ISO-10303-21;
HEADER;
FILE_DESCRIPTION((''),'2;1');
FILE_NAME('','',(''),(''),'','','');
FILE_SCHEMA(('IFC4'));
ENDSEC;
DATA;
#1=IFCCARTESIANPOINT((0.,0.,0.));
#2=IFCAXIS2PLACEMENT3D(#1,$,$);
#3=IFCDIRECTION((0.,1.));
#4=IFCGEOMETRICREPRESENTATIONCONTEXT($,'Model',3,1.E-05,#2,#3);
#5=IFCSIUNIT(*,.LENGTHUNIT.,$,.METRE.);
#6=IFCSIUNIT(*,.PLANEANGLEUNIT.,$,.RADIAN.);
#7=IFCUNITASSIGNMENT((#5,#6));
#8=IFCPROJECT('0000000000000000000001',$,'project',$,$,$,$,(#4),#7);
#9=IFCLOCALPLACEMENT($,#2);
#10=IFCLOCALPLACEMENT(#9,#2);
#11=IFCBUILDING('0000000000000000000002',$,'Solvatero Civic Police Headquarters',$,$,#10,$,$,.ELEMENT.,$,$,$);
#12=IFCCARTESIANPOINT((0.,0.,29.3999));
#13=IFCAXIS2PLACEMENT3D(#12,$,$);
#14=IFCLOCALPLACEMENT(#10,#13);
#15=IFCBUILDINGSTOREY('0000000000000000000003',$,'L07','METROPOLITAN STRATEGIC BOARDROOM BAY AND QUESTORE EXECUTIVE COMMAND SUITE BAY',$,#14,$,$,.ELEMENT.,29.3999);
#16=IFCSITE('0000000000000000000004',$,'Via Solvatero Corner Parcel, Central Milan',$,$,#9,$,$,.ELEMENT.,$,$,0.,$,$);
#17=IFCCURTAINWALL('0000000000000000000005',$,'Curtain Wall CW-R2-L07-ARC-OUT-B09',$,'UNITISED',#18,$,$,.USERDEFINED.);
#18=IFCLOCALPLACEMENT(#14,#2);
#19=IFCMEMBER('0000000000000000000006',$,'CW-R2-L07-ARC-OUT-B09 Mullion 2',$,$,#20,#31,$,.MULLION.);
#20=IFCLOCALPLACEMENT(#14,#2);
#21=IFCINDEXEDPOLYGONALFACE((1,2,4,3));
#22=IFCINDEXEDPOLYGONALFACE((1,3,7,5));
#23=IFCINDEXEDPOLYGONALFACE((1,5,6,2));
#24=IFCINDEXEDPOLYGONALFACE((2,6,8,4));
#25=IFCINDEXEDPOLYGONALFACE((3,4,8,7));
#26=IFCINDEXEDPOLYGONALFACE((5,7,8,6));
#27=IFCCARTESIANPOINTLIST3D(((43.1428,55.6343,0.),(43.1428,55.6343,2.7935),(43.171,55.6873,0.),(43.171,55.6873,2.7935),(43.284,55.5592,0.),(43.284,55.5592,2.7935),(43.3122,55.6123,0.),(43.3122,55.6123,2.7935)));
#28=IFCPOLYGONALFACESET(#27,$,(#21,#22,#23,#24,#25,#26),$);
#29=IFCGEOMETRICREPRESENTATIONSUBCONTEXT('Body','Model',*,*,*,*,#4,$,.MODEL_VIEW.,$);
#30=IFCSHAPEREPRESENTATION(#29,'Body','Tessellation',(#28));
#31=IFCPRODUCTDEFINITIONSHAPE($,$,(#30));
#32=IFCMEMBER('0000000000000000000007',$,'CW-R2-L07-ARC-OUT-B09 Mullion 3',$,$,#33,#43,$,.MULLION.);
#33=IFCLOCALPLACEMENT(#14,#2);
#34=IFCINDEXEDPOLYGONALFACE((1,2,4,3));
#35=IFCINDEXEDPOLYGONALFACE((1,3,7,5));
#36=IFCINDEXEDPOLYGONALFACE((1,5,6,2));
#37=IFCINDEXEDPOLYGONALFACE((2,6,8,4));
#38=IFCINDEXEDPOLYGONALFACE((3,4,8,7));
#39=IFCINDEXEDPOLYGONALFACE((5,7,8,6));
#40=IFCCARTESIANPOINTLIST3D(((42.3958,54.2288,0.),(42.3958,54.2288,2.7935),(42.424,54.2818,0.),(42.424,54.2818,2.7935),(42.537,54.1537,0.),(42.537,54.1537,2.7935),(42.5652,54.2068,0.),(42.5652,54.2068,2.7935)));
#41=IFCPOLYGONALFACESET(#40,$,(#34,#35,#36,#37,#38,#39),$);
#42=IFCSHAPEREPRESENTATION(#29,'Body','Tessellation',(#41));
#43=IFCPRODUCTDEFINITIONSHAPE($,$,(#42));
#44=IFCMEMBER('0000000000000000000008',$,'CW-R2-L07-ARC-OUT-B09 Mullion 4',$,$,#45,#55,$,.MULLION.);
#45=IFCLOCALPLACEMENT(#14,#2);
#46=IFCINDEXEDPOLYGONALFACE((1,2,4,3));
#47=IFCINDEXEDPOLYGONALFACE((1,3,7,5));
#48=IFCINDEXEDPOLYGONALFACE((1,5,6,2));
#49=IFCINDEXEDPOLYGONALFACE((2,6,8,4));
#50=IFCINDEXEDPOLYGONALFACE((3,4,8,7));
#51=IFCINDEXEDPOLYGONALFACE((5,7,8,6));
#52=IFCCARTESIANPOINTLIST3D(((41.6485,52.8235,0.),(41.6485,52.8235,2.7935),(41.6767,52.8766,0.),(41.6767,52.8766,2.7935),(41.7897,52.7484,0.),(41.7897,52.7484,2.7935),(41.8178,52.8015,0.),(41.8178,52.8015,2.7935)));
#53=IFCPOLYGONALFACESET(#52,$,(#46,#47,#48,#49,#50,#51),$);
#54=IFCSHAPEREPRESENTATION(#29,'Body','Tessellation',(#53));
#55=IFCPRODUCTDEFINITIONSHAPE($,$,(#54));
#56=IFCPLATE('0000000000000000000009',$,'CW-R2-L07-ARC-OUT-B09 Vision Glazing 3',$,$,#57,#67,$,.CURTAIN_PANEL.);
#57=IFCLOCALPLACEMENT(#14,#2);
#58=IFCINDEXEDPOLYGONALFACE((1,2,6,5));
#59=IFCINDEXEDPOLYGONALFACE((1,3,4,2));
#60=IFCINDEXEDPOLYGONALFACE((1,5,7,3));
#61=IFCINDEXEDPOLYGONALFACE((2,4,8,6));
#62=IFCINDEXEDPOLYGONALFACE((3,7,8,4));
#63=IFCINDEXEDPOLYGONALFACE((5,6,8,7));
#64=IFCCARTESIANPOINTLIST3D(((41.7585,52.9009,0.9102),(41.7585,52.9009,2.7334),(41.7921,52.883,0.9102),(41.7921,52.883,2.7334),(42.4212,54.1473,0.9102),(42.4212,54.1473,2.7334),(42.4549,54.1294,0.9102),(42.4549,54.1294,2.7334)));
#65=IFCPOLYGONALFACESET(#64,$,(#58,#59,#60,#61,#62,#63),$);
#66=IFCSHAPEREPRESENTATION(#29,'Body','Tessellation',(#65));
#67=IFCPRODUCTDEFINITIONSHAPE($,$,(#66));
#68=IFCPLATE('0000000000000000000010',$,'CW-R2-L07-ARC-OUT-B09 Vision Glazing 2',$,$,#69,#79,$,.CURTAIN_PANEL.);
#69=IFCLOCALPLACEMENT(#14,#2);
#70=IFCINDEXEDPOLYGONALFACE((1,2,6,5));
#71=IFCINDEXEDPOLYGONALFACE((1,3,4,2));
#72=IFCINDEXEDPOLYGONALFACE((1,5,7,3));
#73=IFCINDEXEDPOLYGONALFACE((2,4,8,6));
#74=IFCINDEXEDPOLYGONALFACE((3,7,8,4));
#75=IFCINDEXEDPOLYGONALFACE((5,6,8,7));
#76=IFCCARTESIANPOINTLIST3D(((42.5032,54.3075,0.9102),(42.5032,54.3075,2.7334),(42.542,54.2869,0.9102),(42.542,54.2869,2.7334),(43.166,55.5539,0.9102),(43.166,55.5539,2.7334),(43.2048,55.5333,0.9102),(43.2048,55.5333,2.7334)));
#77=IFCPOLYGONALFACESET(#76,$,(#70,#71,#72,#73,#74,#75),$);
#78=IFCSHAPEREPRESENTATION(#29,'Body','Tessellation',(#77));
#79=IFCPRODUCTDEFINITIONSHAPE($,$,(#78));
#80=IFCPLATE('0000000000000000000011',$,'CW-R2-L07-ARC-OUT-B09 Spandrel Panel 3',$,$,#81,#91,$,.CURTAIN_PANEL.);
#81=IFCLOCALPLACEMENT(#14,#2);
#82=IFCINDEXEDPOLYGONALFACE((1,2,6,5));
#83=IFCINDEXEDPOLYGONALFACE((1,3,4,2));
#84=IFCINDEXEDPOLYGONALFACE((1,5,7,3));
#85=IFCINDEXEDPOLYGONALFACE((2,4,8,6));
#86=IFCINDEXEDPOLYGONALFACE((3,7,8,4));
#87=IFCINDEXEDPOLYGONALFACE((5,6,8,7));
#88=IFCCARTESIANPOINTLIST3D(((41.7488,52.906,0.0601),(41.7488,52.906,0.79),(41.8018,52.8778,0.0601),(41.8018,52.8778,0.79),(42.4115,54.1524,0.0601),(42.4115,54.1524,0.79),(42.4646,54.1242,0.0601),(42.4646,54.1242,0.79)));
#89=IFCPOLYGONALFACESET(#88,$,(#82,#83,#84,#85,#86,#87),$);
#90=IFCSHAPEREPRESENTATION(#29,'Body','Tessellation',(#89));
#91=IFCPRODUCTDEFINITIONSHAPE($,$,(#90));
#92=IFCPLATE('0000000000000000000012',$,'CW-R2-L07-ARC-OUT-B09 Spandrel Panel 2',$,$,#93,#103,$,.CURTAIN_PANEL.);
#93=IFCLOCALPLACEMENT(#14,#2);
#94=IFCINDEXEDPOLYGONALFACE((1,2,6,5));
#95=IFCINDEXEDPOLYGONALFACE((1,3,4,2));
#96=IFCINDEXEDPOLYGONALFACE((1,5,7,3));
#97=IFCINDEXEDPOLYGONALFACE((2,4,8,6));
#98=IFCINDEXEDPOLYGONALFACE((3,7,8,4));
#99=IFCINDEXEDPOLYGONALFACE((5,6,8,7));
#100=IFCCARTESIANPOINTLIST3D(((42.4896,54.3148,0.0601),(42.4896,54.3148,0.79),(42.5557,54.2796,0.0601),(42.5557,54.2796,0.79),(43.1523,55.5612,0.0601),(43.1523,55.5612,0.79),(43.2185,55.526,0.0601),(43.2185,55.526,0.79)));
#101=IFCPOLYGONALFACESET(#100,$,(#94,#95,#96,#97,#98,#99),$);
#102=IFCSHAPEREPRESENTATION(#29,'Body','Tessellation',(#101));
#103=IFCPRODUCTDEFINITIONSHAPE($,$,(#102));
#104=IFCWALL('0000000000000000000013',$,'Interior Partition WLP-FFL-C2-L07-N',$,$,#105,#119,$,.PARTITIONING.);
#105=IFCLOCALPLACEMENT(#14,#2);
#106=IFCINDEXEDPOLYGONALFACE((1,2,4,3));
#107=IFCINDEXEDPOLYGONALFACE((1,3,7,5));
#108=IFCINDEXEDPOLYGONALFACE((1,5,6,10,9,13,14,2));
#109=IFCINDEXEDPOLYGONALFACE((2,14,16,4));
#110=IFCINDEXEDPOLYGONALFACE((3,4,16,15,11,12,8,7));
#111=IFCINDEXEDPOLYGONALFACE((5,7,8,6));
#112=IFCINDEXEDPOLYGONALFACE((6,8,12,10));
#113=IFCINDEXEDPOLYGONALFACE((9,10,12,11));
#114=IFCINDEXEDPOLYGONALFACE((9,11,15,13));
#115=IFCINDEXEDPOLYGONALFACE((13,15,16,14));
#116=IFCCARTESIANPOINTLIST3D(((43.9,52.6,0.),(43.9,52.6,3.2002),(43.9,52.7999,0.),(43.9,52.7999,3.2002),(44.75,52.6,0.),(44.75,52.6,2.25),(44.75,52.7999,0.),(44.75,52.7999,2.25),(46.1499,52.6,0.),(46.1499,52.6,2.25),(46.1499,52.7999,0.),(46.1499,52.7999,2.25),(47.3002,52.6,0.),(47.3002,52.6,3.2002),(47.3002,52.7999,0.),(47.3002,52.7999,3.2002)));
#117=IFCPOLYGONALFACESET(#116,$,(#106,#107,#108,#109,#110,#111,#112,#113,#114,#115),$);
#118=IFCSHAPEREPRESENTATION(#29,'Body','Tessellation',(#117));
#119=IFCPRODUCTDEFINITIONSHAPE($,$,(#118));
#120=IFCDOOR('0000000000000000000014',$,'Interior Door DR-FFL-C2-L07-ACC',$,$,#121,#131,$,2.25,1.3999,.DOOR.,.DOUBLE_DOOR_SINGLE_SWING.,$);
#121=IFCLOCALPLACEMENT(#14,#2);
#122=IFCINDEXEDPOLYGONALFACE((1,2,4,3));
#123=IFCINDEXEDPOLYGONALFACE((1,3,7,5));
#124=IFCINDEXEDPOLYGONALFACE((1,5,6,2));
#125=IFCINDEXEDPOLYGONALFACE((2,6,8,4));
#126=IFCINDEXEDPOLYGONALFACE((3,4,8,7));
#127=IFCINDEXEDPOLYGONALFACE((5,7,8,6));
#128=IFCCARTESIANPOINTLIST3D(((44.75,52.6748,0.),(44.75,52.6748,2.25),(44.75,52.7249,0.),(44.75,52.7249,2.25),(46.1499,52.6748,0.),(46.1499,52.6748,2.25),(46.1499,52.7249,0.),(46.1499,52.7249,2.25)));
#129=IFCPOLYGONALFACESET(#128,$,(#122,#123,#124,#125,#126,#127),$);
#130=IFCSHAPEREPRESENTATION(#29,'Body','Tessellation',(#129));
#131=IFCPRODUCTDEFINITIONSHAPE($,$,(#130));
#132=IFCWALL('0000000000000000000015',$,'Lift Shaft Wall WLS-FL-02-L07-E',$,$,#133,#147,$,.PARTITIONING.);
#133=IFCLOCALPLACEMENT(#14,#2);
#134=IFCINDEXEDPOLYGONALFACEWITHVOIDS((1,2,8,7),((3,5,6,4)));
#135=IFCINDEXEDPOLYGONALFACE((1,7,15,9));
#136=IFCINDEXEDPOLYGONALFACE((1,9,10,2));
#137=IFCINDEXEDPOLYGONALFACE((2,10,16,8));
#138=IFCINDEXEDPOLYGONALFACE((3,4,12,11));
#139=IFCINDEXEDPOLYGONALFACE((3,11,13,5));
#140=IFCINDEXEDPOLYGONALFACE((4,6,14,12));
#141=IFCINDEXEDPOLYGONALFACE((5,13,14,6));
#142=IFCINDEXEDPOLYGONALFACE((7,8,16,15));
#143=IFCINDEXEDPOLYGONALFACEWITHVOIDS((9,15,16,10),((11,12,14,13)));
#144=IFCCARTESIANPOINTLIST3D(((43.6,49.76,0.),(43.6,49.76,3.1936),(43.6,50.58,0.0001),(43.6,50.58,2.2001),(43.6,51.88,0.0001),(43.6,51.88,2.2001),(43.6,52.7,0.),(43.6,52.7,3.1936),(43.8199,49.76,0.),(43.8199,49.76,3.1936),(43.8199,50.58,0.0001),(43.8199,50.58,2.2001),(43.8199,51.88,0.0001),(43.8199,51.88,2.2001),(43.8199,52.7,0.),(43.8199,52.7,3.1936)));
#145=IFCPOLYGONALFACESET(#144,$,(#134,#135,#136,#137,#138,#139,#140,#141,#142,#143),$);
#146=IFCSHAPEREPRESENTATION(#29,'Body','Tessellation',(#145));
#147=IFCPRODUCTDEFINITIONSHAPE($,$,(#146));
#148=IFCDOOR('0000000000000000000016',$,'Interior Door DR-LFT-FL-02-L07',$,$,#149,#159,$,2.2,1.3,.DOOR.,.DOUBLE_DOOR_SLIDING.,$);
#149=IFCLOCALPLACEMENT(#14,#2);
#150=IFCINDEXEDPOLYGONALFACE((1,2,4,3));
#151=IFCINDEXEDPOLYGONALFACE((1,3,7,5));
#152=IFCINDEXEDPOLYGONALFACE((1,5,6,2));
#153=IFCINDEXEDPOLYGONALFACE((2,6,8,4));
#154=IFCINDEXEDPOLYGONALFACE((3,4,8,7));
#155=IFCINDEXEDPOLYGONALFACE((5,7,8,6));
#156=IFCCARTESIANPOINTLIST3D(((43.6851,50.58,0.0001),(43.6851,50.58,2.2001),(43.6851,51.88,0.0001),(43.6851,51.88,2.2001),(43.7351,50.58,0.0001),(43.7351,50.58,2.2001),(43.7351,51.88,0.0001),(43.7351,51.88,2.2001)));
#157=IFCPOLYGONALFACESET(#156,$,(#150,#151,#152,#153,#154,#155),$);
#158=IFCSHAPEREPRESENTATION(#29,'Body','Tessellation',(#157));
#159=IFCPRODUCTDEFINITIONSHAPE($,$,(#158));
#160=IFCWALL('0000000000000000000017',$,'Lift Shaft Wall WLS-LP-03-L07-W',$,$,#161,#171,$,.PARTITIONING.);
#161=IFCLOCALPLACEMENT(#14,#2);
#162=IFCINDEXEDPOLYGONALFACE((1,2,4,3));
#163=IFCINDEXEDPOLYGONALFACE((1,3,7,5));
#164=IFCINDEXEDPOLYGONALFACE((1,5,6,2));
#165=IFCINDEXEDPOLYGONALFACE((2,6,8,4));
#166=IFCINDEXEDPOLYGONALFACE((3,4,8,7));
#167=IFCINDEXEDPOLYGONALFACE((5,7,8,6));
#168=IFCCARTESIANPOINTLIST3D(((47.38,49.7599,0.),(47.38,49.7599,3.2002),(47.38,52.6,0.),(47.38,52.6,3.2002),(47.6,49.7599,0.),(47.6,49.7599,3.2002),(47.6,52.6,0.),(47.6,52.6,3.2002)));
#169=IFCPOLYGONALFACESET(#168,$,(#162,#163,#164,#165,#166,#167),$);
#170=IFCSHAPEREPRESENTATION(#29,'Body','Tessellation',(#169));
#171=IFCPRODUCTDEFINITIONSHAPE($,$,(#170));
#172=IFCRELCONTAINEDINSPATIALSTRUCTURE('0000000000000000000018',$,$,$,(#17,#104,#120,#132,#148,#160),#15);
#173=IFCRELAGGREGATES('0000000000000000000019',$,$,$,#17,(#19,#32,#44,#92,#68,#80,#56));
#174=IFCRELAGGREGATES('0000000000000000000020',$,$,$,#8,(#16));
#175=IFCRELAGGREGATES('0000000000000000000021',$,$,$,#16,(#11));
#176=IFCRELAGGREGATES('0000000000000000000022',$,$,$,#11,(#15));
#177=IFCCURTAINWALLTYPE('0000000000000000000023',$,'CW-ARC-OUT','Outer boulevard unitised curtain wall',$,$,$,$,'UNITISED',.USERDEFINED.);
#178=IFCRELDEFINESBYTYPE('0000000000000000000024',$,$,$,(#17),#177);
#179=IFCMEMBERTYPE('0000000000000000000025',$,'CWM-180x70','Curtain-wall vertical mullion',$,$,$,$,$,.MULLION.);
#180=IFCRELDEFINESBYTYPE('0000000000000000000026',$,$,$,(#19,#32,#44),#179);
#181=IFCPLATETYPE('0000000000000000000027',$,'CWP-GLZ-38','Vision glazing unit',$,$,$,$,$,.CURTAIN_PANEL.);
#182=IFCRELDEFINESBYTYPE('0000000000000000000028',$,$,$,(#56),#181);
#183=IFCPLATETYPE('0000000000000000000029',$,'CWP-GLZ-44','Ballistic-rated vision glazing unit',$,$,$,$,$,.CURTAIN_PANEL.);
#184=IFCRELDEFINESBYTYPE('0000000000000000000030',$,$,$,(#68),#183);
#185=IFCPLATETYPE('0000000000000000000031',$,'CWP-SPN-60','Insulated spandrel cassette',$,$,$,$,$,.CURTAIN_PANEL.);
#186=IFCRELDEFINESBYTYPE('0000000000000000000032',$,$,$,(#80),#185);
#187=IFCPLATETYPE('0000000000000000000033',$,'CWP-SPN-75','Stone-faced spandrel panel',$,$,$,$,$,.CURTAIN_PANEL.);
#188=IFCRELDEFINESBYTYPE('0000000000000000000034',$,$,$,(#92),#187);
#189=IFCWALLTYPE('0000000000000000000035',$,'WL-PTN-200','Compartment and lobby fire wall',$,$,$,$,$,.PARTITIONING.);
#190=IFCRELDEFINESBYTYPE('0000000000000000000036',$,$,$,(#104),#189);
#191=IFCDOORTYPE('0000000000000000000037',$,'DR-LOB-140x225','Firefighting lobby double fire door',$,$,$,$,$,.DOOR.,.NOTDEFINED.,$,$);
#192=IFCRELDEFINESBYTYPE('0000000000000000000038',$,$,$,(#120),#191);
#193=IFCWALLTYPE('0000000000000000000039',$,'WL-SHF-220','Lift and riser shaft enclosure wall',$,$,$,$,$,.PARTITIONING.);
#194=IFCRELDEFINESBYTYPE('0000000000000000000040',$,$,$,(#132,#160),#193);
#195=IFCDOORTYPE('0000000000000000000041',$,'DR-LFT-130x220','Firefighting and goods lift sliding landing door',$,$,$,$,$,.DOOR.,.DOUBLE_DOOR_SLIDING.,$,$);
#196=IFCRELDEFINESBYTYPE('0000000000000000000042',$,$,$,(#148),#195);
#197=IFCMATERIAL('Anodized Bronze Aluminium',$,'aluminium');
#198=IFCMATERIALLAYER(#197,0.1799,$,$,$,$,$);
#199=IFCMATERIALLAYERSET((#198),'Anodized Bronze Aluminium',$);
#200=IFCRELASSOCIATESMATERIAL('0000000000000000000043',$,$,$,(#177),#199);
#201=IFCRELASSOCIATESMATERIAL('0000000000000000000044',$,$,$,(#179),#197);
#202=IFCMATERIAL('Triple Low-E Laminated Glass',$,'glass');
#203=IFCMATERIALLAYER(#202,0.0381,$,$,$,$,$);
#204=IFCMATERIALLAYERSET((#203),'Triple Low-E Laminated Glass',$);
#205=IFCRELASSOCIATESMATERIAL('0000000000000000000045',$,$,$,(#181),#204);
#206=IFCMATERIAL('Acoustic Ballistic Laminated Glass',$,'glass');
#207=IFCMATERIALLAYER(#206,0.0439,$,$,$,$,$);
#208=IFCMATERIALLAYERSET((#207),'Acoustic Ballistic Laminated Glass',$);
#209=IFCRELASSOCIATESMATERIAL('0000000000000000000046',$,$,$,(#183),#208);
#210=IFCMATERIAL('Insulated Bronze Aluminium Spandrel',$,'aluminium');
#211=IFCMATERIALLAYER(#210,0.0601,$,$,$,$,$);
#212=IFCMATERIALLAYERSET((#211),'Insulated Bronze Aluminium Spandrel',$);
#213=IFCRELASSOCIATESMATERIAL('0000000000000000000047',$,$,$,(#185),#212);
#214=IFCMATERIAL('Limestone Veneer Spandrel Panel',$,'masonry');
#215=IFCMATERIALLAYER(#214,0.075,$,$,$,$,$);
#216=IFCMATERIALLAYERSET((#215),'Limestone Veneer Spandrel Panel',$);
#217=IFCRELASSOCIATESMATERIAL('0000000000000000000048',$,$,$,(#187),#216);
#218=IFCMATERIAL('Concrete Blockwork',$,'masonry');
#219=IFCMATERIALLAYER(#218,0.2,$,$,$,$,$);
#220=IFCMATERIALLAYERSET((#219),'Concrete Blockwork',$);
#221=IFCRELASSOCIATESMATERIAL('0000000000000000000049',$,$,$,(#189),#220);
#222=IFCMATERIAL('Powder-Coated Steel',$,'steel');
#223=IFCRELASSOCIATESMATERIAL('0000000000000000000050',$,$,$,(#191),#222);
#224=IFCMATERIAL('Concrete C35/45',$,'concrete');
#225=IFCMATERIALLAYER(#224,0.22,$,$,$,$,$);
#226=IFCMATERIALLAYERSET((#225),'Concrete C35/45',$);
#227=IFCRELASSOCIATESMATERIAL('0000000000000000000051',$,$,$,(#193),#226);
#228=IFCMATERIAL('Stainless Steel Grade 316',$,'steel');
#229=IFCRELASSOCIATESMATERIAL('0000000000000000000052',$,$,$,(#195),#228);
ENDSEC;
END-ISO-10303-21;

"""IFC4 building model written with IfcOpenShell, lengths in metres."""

from ifc_helpers import new_model, si_unit, direction, frame, frame_2d, origin, origin_2d, place, context, subcontext, project, spatial, rectangle, extrude, material, layer, layer_set, material_profile, profile_set, type_object, element, fill, aggregate, save


model = new_model("IFC4")

# Units and contexts
model_context = context("Model", 3, precision=1e-05, world=origin(), true_north=direction((0.0, 1.0)))
body_context = subcontext(model_context, "Body", "Model", "MODEL_VIEW")
ifc_project = project(units=[si_unit("LENGTHUNIT", "METRE"), si_unit("PLANEANGLEUNIT", "RADIAN")], contexts=[model_context])

# Site, building, storey
site_placement = place(None, origin())
site = spatial("IfcSite", under=ifc_project, at=site_placement, Name="Via Solvatero Corner Parcel, Central Milan", CompositionType="ELEMENT", RefElevation=0.0)
building_placement = place(site_placement, origin())
building = spatial("IfcBuilding", under=site, at=building_placement, Name="Solvatero Civic Police Headquarters", CompositionType="ELEMENT")
storey_placement = place(building_placement, frame((0.0, 0.0, 29.3999)))
storey = spatial("IfcBuildingStorey", under=building, at=storey_placement, Name="L07", Description="METROPOLITAN STRATEGIC BOARDROOM BAY AND QUESTORE EXECUTIVE COMMAND SUITE BAY", CompositionType="ELEMENT", Elevation=29.3999)

# Curtain wall, members, plates
ifc_material_1 = material(Name="Anodized Bronze Aluminium", Category="aluminium")
ifc_layer_1 = layer(ifc_material_1, 0.1799)
ifc_layer_set_1 = layer_set([ifc_layer_1], Name="Anodized Bronze Aluminium")
curtain_wall_type = type_object("IfcCurtainWallType", Name="CW-ARC-OUT", Description="Outer boulevard unitised curtain wall", ElementType="UNITISED", PredefinedType="USERDEFINED", material=ifc_layer_set_1)
curtain_wall_placement = place(storey_placement, origin())
curtain_wall = element("IfcCurtainWall", 1, at=curtain_wall_placement, inside=storey, type_object=curtain_wall_type, Name="Curtain Wall CW-R2-L07-ARC-OUT-B09", ObjectType="UNITISED", PredefinedType="USERDEFINED")
ifc_material_profile = material_profile(ifc_material_1, rectangle(XDim=0.0601, YDim=0.1599, at=origin_2d()), Name="ALU MULLION 60x160")
ifc_profile_set = profile_set([ifc_material_profile], Name="Anodized Bronze Aluminium")
member_type = type_object("IfcMemberType", Name="CWM-180x70", Description="Curtain-wall vertical mullion", PredefinedType="MULLION", material=ifc_profile_set)
member_1_placement = place(storey_placement, frame((43.2275, 55.6233, 0.0), z_axis=(0.0, 0.0, 1.0), x_axis=(-0.469472, -0.882948, 0.0)))
member_1 = element("IfcMember", 2, at=member_1_placement, type_object=member_type, Name="CW-R2-L07-ARC-OUT-B09 Mullion 2", PredefinedType="MULLION", context=body_context, shape_type="SweptSolid", body=[
    extrude(rectangle(XDim=0.0601, YDim=0.1599, at=origin_2d()), origin(), (0.0, 0.0, 1.0), 2.7935),
])
member_2_placement = place(storey_placement, frame((42.4805, 54.2178, 0.0), z_axis=(0.0, 0.0, 1.0), x_axis=(-0.469472, -0.882948, 0.0)))
member_2 = element("IfcMember", 3, at=member_2_placement, type_object=member_type, Name="CW-R2-L07-ARC-OUT-B09 Mullion 3", PredefinedType="MULLION", context=body_context, shape_type="SweptSolid", body=[
    extrude(rectangle(XDim=0.0601, YDim=0.1599, at=origin_2d()), origin(), (0.0, 0.0, 1.0), 2.7935),
])
member_3_placement = place(storey_placement, frame((41.7332, 52.8125, 0.0), z_axis=(0.0, 0.0, 1.0), x_axis=(-0.469472, -0.882948, 0.0)))
member_3 = element("IfcMember", 4, at=member_3_placement, type_object=member_type, Name="CW-R2-L07-ARC-OUT-B09 Mullion 4", PredefinedType="MULLION", context=body_context, shape_type="SweptSolid", body=[
    extrude(rectangle(XDim=0.0601, YDim=0.1599, at=origin_2d()), origin(), (0.0, 0.0, 1.0), 2.7935),
])
ifc_material_2 = material(Name="Triple Low-E Laminated Glass", Category="glass")
ifc_layer_2 = layer(ifc_material_2, 0.0381)
ifc_layer_set_2 = layer_set([ifc_layer_2], Name="Triple Low-E Laminated Glass")
plate_type_1 = type_object("IfcPlateType", Name="CWP-GLZ-38", Description="Vision glazing unit", PredefinedType="CURTAIN_PANEL", material=ifc_layer_set_2)
plate_1_placement = place(storey_placement, frame((42.1067, 53.5151, 0.9102), z_axis=(0.0, 0.0, 1.0), x_axis=(-0.469472, -0.882948, 0.0)))
plate_1 = element("IfcPlate", 5, at=plate_1_placement, type_object=plate_type_1, Name="CW-R2-L07-ARC-OUT-B09 Vision Glazing 3", PredefinedType="CURTAIN_PANEL", context=body_context, shape_type="SweptSolid", body=[
    extrude(rectangle(XDim=1.4116, YDim=0.0381, at=origin_2d()), origin(), (0.0, 0.0, 1.0), 1.8232),
])
ifc_material_3 = material(Name="Acoustic Ballistic Laminated Glass", Category="glass")
ifc_layer_3 = layer(ifc_material_3, 0.0439)
ifc_layer_set_3 = layer_set([ifc_layer_3], Name="Acoustic Ballistic Laminated Glass")
plate_type_2 = type_object("IfcPlateType", Name="CWP-GLZ-44", Description="Ballistic-rated vision glazing unit", PredefinedType="CURTAIN_PANEL", material=ifc_layer_set_3)
plate_2_placement = place(storey_placement, frame((42.854, 54.9204, 0.9102), z_axis=(0.0, 0.0, 1.0), x_axis=(-0.469472, -0.882948, 0.0)))
plate_2 = element("IfcPlate", 6, at=plate_2_placement, type_object=plate_type_2, Name="CW-R2-L07-ARC-OUT-B09 Vision Glazing 2", PredefinedType="CURTAIN_PANEL", context=body_context, shape_type="SweptSolid", body=[
    extrude(rectangle(XDim=1.4116, YDim=0.0439, at=origin_2d()), origin(), (0.0, 0.0, 1.0), 1.8232),
])
ifc_material_4 = material(Name="Insulated Bronze Aluminium Spandrel", Category="aluminium")
ifc_layer_4 = layer(ifc_material_4, 0.0601)
ifc_layer_set_4 = layer_set([ifc_layer_4], Name="Insulated Bronze Aluminium Spandrel")
plate_type_3 = type_object("IfcPlateType", Name="CWP-SPN-60", Description="Insulated spandrel cassette", PredefinedType="CURTAIN_PANEL", material=ifc_layer_set_4)
plate_3_placement = place(storey_placement, frame((42.1067, 53.5151, 0.0601), z_axis=(0.0, 0.0, 1.0), x_axis=(-0.469472, -0.882948, 0.0)))
plate_3 = element("IfcPlate", 7, at=plate_3_placement, type_object=plate_type_3, Name="CW-R2-L07-ARC-OUT-B09 Spandrel Panel 3", PredefinedType="CURTAIN_PANEL", context=body_context, shape_type="SweptSolid", body=[
    extrude(rectangle(XDim=1.4116, YDim=0.0601, at=origin_2d()), origin(), (0.0, 0.0, 1.0), 0.73),
])
ifc_material_5 = material(Name="Limestone Veneer Spandrel Panel", Category="masonry")
ifc_layer_5 = layer(ifc_material_5, 0.075)
ifc_layer_set_5 = layer_set([ifc_layer_5], Name="Limestone Veneer Spandrel Panel")
plate_type_4 = type_object("IfcPlateType", Name="CWP-SPN-75", Description="Stone-faced spandrel panel", PredefinedType="CURTAIN_PANEL", material=ifc_layer_set_5)
plate_4_placement = place(storey_placement, frame((42.854, 54.9204, 0.0601), z_axis=(0.0, 0.0, 1.0), x_axis=(-0.469472, -0.882948, 0.0)))
plate_4 = element("IfcPlate", 8, at=plate_4_placement, type_object=plate_type_4, Name="CW-R2-L07-ARC-OUT-B09 Spandrel Panel 2", PredefinedType="CURTAIN_PANEL", context=body_context, shape_type="SweptSolid", body=[
    extrude(rectangle(XDim=1.4116, YDim=0.075, at=origin_2d()), origin(), (0.0, 0.0, 1.0), 0.73),
])
aggregate(curtain_wall, [member_1, member_2, member_3, plate_4, plate_2, plate_3, plate_1])

# Walls, openings, doors
ifc_material_6 = material(Name="Concrete Blockwork", Category="masonry")
ifc_layer_6 = layer(ifc_material_6, 0.2)
ifc_layer_set_6 = layer_set([ifc_layer_6], Name="Concrete Blockwork")
wall_type_1 = type_object("IfcWallType", Name="WL-PTN-200", Description="Compartment and lobby fire wall", PredefinedType="PARTITIONING", material=ifc_layer_set_6)
wall_1_placement = place(storey_placement, frame((43.8999, 52.7, 0.0), z_axis=(0.0, 0.0, 1.0), x_axis=(1.0, 0.0, 0.0)))
wall_1 = element("IfcWall", 9, at=wall_1_placement, inside=storey, type_object=wall_type_1, Name="Interior Partition WLP-FFL-C2-L07-N", PredefinedType="PARTITIONING", context=body_context, shape_type="SweptSolid", body=[
    extrude(rectangle(XDim=3.4001, YDim=0.2, at=frame_2d((1.7002, 0.0))), origin(), (0.0, 0.0, 1.0), 3.2002),
])
opening_1_placement = place(wall_1_placement, frame((0.8501, 0.0, 0.0)))
opening_1 = element("IfcOpeningElement", 10, at=opening_1_placement, cuts=wall_1, PredefinedType="OPENING", context=body_context, shape_type="SweptSolid", body=[
    extrude(rectangle(XDim=1.3999, YDim=2.25, at=frame_2d((0.7, 1.125))), frame((0.0, 0.1099, 0.0), z_axis=(0.0, -1.0, 0.0), x_axis=(1.0, 0.0, 0.0)), (0.0, 0.0, 1.0), 0.22),
])
ifc_material_7 = material(Name="Powder-Coated Steel", Category="steel")
door_type_1 = type_object("IfcDoorType", Name="DR-LOB-140x225", Description="Firefighting lobby double fire door", OperationType="NOTDEFINED", PredefinedType="DOOR", material=ifc_material_7)
door_1_placement = place(opening_1_placement, origin())
door_1 = element("IfcDoor", 11, at=door_1_placement, inside=storey, type_object=door_type_1, Name="Interior Door DR-FFL-C2-L07-ACC", OperationType="DOUBLE_DOOR_SINGLE_SWING", OverallHeight=2.25, OverallWidth=1.3999, PredefinedType="DOOR", context=body_context, shape_type="SweptSolid", body=[
    extrude(rectangle(XDim=1.3999, YDim=2.25, at=frame_2d((0.7, 1.125))), frame((0.0, 0.0249, 0.0), z_axis=(0.0, -1.0, 0.0), x_axis=(1.0, 0.0, 0.0)), (0.0, 0.0, 1.0), 0.05),
])
fill(opening_1, door_1)
ifc_material_8 = material(Name="Concrete C35/45", Category="concrete")
ifc_layer_7 = layer(ifc_material_8, 0.22)
ifc_layer_set_7 = layer_set([ifc_layer_7], Name="Concrete C35/45")
wall_type_2 = type_object("IfcWallType", Name="WL-SHF-220", Description="Lift and riser shaft enclosure wall", PredefinedType="PARTITIONING", material=ifc_layer_set_7)
wall_2_placement = place(storey_placement, frame((43.71, 49.76, 0.0), z_axis=(0.0, 0.0, 1.0), x_axis=(0.0, 1.0, 0.0)))
wall_2 = element("IfcWall", 12, at=wall_2_placement, inside=storey, type_object=wall_type_2, Name="Lift Shaft Wall WLS-FL-02-L07-E", PredefinedType="PARTITIONING", context=body_context, shape_type="SweptSolid", body=[
    extrude(rectangle(XDim=2.9399, YDim=0.22, at=frame_2d((1.47, 0.0))), origin(), (0.0, 0.0, 1.0), 3.1936),
])
opening_2_placement = place(wall_2_placement, frame((0.8201, 0.0, 0.0)))
opening_2 = element("IfcOpeningElement", 13, at=opening_2_placement, cuts=wall_2, PredefinedType="OPENING", context=body_context, shape_type="SweptSolid", body=[
    extrude(rectangle(XDim=1.3, YDim=2.2, at=frame_2d((0.6499, 1.1001))), frame((0.0, 0.1199, 0.0), z_axis=(0.0, -1.0, 0.0), x_axis=(1.0, 0.0, 0.0)), (0.0, 0.0, 1.0), 0.24),
])
ifc_material_9 = material(Name="Stainless Steel Grade 316", Category="steel")
door_type_2 = type_object("IfcDoorType", Name="DR-LFT-130x220", Description="Firefighting and goods lift sliding landing door", OperationType="DOUBLE_DOOR_SLIDING", PredefinedType="DOOR", material=ifc_material_9)
door_2_placement = place(opening_2_placement, origin())
door_2 = element("IfcDoor", 14, at=door_2_placement, inside=storey, type_object=door_type_2, Name="Interior Door DR-LFT-FL-02-L07", OperationType="DOUBLE_DOOR_SLIDING", OverallHeight=2.2, OverallWidth=1.3, PredefinedType="DOOR", context=body_context, shape_type="SweptSolid", body=[
    extrude(rectangle(XDim=1.3, YDim=2.2, at=frame_2d((0.6499, 1.1001))), frame((0.0, 0.0249, 0.0), z_axis=(0.0, -1.0, 0.0), x_axis=(1.0, 0.0, 0.0)), (0.0, 0.0, 1.0), 0.05),
])
fill(opening_2, door_2)

# Wall
wall_3_placement = place(storey_placement, frame((47.49, 49.76, 0.0), z_axis=(0.0, 0.0, 1.0), x_axis=(0.0, 1.0, 0.0)))
element("IfcWall", 15, at=wall_3_placement, inside=storey, type_object=wall_type_2, Name="Lift Shaft Wall WLS-LP-03-L07-W", PredefinedType="PARTITIONING", context=body_context, shape_type="SweptSolid", body=[
    extrude(rectangle(XDim=2.8401, YDim=0.22, at=frame_2d((1.4199, 0.0))), origin(), (0.0, 0.0, 1.0), 3.2002),
])

save(model, "model.ifc")
